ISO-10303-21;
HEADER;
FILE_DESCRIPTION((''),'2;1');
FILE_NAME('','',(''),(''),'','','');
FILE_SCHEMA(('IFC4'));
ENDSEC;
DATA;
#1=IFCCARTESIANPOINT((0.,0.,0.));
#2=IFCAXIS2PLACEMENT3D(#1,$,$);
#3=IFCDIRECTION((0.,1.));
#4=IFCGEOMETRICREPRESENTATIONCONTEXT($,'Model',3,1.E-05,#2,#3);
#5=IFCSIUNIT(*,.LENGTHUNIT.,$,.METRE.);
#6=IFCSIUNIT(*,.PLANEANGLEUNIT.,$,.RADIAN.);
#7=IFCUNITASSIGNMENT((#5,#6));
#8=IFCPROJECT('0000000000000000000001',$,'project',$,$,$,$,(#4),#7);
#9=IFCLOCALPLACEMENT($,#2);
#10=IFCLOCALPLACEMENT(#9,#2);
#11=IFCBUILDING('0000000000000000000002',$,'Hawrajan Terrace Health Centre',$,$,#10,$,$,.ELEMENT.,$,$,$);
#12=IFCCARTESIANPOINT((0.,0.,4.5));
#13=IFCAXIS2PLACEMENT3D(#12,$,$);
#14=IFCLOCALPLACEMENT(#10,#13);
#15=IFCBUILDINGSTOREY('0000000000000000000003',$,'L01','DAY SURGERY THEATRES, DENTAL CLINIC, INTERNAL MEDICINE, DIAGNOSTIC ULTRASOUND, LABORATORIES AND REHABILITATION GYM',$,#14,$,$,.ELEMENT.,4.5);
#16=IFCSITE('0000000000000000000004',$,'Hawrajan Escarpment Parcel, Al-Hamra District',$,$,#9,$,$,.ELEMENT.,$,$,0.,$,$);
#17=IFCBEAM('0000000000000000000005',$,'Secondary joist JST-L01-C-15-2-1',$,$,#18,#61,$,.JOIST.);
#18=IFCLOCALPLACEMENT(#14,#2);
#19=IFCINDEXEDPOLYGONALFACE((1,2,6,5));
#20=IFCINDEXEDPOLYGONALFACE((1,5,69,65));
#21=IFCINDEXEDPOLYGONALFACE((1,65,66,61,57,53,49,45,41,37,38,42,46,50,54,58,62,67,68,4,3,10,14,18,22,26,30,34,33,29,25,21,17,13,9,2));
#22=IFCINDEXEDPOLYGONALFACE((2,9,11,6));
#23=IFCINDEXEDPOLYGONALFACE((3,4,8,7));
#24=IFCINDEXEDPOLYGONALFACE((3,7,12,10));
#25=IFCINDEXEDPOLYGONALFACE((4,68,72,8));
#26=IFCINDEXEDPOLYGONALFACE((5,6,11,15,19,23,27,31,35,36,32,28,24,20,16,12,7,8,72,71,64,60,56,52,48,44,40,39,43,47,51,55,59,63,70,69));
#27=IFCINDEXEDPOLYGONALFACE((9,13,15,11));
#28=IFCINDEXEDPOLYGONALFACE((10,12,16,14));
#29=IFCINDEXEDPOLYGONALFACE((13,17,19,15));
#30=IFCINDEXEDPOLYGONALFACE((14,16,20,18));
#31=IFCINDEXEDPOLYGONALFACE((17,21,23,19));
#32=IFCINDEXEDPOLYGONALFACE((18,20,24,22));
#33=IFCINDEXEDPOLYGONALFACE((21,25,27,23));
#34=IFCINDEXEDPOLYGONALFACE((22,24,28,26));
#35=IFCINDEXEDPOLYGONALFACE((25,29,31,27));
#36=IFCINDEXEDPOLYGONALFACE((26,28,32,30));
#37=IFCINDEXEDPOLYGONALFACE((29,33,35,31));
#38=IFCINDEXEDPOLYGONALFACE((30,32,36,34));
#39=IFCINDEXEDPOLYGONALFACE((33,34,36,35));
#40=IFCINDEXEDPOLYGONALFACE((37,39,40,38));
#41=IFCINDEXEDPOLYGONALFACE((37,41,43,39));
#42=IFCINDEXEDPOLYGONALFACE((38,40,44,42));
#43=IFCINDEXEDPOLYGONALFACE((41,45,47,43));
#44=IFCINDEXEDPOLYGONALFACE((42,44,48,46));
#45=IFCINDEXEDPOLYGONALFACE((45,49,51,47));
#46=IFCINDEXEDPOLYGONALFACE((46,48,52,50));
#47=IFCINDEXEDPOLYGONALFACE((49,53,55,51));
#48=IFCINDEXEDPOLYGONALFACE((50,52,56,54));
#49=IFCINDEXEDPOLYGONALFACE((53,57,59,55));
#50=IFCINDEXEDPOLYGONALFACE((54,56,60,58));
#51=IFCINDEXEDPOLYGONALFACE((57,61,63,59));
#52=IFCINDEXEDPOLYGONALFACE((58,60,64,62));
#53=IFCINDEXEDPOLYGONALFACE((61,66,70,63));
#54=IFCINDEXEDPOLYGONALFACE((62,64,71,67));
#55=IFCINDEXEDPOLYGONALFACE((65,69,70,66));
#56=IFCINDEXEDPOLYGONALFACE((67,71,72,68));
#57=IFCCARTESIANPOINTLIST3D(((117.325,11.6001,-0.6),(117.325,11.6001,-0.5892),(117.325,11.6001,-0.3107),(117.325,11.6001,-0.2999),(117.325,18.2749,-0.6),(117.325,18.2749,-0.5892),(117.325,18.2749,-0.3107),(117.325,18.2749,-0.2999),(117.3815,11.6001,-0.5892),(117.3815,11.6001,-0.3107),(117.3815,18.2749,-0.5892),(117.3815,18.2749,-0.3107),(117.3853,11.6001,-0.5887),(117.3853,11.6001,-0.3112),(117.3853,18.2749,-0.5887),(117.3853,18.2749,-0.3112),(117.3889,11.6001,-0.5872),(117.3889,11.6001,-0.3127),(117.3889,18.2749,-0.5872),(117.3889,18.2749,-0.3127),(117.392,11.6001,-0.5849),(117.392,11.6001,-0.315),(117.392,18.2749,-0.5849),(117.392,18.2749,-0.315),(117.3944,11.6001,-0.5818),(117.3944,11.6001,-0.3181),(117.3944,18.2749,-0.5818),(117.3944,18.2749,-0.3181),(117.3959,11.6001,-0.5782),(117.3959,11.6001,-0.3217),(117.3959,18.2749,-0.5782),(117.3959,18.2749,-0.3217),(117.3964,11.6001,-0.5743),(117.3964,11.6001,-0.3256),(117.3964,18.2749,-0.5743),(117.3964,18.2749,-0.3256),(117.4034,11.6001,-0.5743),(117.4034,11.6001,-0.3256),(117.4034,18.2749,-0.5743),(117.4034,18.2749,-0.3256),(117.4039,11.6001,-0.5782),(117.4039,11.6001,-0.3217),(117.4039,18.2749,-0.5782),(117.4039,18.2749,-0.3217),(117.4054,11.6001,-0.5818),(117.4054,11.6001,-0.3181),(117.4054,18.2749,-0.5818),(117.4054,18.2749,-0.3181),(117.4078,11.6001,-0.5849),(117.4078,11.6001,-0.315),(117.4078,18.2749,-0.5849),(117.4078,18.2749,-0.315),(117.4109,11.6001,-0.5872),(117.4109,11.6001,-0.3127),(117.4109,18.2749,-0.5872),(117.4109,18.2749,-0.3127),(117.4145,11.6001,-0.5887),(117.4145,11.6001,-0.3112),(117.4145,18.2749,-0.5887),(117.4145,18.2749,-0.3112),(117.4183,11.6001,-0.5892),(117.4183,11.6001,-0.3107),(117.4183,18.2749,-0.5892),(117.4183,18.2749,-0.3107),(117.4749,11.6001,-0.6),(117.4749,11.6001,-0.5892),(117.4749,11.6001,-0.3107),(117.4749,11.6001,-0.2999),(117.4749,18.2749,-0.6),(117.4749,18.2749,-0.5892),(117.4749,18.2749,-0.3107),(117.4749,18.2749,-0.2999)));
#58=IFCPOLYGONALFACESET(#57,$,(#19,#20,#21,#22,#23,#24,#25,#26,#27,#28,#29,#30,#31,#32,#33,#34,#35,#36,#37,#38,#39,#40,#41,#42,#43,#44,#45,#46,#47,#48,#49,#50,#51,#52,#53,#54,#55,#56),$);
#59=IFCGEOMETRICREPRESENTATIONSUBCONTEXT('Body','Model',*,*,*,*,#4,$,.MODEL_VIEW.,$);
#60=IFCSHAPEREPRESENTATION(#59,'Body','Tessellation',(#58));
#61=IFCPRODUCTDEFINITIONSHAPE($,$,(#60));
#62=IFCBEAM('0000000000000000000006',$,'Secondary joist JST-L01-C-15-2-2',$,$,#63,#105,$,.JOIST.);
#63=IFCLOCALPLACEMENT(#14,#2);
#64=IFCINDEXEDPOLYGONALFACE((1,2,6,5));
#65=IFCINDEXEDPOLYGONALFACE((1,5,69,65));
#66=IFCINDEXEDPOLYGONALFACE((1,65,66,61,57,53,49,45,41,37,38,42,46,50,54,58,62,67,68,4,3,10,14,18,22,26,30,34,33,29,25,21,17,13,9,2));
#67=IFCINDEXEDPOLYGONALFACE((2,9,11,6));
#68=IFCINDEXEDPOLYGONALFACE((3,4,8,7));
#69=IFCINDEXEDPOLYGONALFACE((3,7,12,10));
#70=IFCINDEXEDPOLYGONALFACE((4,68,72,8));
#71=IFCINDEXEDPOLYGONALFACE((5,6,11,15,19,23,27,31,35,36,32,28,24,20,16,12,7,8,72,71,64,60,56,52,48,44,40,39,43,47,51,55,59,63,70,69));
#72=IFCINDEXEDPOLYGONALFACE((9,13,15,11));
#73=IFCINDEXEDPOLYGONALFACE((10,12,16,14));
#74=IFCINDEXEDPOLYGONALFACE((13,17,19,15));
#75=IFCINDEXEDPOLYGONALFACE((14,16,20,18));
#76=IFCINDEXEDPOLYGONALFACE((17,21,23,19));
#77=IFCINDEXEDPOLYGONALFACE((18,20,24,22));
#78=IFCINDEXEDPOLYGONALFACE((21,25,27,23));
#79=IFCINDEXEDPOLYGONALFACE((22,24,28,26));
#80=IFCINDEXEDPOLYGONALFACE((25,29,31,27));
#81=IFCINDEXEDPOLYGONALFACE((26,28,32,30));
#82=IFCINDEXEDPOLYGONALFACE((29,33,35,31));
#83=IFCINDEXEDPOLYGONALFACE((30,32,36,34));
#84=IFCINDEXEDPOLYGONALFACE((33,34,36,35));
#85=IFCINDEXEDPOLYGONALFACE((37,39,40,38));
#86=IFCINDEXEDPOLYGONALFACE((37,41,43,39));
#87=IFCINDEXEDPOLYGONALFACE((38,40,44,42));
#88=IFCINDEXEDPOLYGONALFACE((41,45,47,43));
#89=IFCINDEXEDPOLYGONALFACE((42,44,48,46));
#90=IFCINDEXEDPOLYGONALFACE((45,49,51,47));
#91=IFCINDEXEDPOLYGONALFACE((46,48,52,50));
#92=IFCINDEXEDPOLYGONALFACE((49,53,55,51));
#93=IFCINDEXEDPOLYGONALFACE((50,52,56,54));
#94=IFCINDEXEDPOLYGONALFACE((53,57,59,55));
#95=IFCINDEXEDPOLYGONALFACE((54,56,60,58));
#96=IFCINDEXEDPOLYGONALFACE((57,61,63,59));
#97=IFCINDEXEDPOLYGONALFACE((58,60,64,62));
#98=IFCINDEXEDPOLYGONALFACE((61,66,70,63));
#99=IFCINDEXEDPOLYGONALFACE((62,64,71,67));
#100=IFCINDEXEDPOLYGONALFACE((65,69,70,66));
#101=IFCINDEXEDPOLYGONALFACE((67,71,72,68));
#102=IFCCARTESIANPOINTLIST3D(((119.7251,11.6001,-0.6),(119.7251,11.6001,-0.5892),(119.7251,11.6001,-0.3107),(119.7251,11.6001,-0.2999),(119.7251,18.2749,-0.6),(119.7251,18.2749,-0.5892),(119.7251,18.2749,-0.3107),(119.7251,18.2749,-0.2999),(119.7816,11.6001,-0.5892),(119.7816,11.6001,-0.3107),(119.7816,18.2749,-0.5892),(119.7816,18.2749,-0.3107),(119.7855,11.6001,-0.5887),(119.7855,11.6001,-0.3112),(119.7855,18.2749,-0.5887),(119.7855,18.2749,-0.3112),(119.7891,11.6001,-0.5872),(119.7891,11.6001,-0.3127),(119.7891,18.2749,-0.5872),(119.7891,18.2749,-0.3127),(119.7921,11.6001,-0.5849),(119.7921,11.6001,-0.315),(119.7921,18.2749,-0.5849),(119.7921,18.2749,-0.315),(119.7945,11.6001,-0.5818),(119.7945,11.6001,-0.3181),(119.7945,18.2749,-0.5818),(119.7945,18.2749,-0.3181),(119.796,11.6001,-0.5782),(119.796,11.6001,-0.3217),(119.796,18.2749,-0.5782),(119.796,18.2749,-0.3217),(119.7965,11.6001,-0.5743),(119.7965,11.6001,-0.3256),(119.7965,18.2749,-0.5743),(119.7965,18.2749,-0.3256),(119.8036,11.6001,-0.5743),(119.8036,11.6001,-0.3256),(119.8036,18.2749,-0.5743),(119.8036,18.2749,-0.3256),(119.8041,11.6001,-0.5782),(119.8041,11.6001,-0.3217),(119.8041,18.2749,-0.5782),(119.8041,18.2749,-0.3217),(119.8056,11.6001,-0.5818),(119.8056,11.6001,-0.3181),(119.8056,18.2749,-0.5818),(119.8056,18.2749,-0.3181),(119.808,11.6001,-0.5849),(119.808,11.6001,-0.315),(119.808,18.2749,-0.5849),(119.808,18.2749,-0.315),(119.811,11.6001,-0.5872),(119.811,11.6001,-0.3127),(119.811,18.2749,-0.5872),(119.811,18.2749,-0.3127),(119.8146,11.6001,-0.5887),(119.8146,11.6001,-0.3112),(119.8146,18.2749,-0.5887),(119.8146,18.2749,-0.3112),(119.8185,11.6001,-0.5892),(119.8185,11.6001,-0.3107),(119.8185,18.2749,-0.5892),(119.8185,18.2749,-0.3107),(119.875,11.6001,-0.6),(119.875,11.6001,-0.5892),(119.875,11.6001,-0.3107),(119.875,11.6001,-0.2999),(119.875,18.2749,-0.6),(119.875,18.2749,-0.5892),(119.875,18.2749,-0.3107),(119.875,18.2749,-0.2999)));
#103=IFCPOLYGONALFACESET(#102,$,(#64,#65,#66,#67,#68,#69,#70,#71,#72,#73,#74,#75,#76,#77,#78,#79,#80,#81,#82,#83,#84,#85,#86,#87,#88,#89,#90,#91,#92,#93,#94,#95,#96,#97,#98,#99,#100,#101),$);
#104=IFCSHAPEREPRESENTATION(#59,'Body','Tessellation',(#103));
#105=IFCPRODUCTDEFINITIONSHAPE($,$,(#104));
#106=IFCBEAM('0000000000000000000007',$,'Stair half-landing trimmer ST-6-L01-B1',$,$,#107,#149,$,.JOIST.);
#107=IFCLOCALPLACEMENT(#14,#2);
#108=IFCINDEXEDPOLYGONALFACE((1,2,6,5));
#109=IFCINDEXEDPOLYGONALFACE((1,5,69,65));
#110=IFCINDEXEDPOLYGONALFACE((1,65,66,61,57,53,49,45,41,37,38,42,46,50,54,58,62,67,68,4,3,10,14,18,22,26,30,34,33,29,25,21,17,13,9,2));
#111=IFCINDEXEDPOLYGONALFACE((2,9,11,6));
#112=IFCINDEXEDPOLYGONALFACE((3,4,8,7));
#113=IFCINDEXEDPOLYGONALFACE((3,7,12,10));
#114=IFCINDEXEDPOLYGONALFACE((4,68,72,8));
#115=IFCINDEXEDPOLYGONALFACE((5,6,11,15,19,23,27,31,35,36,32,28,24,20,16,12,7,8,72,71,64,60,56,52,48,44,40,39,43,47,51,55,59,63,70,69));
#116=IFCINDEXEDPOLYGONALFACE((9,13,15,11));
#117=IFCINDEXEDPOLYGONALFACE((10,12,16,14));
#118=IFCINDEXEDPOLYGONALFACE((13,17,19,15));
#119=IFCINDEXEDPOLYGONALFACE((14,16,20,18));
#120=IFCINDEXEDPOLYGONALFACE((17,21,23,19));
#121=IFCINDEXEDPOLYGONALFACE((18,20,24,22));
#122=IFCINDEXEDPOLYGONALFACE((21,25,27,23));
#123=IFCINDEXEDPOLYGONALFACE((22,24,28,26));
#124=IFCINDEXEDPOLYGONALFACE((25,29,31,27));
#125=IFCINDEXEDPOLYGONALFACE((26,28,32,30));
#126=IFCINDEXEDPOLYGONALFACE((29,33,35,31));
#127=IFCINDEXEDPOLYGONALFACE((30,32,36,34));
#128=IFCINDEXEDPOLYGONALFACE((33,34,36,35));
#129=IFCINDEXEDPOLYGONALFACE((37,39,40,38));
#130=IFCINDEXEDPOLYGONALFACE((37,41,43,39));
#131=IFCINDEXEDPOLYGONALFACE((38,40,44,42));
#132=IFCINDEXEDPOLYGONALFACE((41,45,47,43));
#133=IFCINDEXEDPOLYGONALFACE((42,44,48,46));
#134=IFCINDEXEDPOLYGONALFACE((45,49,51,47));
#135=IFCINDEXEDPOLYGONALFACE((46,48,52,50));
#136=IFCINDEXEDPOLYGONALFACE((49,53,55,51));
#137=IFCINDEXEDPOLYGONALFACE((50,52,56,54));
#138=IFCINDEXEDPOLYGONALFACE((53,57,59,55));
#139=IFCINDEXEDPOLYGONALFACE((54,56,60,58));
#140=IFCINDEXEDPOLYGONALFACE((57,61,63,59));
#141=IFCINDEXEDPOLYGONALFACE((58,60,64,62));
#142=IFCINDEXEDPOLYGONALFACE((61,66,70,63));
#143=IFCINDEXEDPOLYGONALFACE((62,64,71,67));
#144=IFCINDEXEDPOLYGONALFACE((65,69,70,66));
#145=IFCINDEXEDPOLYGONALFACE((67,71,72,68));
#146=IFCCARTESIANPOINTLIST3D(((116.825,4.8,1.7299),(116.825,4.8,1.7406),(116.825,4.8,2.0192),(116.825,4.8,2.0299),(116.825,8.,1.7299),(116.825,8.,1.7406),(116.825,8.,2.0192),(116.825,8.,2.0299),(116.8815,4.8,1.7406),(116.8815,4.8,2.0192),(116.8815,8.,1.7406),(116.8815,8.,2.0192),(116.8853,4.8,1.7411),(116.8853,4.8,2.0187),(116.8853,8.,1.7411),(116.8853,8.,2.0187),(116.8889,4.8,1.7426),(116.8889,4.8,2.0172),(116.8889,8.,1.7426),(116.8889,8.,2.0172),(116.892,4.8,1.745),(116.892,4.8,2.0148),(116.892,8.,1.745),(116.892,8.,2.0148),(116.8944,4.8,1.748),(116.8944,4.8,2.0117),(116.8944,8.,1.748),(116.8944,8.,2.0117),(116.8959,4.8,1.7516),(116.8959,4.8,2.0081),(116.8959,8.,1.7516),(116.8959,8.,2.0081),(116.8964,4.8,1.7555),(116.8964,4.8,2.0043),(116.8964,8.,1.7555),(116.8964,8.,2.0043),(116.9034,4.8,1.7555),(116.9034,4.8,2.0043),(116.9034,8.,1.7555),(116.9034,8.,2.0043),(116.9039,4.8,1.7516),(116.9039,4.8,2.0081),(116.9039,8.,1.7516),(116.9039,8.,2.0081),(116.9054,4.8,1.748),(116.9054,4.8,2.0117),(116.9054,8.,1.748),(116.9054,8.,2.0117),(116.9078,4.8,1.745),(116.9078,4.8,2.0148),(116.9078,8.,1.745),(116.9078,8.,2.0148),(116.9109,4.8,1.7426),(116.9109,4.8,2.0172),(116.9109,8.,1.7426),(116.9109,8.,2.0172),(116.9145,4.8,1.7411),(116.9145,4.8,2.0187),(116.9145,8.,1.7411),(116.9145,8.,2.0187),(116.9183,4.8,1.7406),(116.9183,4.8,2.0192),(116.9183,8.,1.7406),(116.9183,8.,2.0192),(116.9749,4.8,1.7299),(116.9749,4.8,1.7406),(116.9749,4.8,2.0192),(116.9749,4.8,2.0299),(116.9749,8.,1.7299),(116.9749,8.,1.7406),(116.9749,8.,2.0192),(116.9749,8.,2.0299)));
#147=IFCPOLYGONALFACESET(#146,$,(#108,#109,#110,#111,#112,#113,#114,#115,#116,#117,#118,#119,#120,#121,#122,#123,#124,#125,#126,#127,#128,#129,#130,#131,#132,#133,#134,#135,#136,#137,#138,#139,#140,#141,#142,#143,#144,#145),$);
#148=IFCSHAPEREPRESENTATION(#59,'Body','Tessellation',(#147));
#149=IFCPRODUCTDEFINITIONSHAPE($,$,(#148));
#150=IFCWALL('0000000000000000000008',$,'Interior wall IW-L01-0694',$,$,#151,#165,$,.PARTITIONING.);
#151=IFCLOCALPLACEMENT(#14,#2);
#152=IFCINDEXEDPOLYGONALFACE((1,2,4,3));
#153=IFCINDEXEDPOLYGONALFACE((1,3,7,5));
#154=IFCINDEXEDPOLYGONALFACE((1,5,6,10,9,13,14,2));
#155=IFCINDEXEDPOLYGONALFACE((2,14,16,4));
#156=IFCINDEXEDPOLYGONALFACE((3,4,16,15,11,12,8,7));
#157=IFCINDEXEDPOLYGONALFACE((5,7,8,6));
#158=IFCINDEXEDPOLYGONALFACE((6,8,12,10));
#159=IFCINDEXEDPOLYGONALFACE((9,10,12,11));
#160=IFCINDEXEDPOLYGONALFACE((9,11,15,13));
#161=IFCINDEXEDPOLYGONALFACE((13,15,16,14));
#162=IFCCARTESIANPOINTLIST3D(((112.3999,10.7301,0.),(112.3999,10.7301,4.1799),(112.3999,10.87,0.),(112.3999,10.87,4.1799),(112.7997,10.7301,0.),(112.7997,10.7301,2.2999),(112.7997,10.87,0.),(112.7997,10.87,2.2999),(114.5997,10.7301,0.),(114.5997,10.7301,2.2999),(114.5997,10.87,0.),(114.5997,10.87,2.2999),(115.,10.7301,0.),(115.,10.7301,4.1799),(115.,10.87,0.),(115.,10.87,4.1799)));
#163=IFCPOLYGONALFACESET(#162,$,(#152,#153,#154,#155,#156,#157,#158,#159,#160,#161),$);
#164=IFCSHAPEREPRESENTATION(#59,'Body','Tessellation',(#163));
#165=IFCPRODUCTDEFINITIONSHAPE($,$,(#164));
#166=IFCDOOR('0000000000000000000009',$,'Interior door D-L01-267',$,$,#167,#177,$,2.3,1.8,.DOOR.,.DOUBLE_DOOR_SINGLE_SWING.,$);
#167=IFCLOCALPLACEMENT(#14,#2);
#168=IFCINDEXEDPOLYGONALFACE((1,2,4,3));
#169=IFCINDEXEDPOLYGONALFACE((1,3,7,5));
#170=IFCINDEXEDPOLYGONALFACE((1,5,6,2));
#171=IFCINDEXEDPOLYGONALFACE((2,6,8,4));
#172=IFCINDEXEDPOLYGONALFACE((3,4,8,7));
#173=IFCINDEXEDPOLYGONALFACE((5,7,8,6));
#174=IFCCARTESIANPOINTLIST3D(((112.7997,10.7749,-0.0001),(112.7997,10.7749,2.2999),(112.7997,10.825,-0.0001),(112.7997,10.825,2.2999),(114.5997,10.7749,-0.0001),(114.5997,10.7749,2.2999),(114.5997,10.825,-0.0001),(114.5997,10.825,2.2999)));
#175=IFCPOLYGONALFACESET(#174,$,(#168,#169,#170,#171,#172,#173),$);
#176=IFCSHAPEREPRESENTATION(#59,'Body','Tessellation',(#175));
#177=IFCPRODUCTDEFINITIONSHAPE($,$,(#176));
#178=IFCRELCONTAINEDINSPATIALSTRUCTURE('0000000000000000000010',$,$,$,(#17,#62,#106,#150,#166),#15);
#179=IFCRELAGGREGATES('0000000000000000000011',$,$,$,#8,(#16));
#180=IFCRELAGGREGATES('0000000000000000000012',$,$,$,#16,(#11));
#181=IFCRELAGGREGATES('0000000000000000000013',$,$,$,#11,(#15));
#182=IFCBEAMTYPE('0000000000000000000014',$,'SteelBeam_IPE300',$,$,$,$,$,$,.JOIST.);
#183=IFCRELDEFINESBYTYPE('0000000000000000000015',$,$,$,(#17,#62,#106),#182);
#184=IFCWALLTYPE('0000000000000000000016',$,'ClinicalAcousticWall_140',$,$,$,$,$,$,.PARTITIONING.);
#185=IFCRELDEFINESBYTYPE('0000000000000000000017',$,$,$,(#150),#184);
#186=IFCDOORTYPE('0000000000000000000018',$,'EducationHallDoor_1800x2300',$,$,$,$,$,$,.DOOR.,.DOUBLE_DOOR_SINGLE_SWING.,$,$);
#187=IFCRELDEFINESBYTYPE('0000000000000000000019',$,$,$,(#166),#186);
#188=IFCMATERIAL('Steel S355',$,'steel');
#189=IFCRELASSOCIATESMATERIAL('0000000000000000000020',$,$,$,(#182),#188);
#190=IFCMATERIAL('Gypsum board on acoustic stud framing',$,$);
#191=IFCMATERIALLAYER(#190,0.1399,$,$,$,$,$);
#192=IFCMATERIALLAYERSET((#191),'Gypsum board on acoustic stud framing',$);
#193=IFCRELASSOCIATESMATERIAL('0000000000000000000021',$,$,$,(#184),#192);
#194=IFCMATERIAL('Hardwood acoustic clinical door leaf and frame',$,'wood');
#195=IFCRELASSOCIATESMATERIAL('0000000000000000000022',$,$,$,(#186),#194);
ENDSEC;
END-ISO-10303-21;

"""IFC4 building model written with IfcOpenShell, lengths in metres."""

from ifc_helpers import new_model, si_unit, direction, frame, frame_2d, origin, origin_2d, place, context, subcontext, project, spatial, rectangle, i_section, extrude, material, layer, layer_set, material_profile, profile_set, type_object, element, fill, save


model = new_model("IFC4")

# Units and contexts
model_context = context("Model", 3, precision=1e-05, world=origin(), true_north=direction((0.0, 1.0)))
body_context = subcontext(model_context, "Body", "Model", "MODEL_VIEW")
ifc_project = project(units=[si_unit("LENGTHUNIT", "METRE"), si_unit("PLANEANGLEUNIT", "RADIAN")], contexts=[model_context])

# Site, building, storey
site_placement = place(None, origin())
site = spatial("IfcSite", under=ifc_project, at=site_placement, Name="Hawrajan Escarpment Parcel, Al-Hamra District", CompositionType="ELEMENT", RefElevation=0.0)
building_placement = place(site_placement, origin())
building = spatial("IfcBuilding", under=site, at=building_placement, Name="Hawrajan Terrace Health Centre", CompositionType="ELEMENT")
storey_placement = place(building_placement, frame((0.0, 0.0, 4.5)))
storey = spatial("IfcBuildingStorey", under=building, at=storey_placement, Name="L01", Description="DAY SURGERY THEATRES, DENTAL CLINIC, INTERNAL MEDICINE, DIAGNOSTIC ULTRASOUND, LABORATORIES AND REHABILITATION GYM", CompositionType="ELEMENT", Elevation=4.5)

# Beams
ifc_material_1 = material(Name="Steel S355", Category="steel")
ifc_material_profile_1 = material_profile(ifc_material_1, i_section(OverallWidth=0.1499, OverallDepth=0.3, WebThickness=0.0071, FlangeThickness=0.0107, FilletRadius=0.0149, at=origin_2d()), Name="IPE 300")
ifc_profile_set_1 = profile_set([ifc_material_profile_1], Name="Steel S355")
beam_type_1 = type_object("IfcBeamType", Name="SteelBeam_IPE300", PredefinedType="JOIST", material=ifc_profile_set_1)
for number, where, z_axis, x_axis, name in (
    (1, (117.3999, 11.6001, -0.45), (0.0, 1.0, 0.0), (-1.0, 0.0, 0.0), "Secondary joist JST-L01-C-15-2-1"),
    (2, (119.8, 11.6001, -0.45), (0.0, 1.0, 0.0), (-1.0, 0.0, 0.0), "Secondary joist JST-L01-C-15-2-2"),
):
    element("IfcBeam", number, at=place(storey_placement, frame(where, z_axis=z_axis, x_axis=x_axis)), inside=storey, type_object=beam_type_1, Name=name, PredefinedType="JOIST", context=body_context, shape_type="SweptSolid", body=[
        extrude(i_section(OverallWidth=0.1499, OverallDepth=0.3, WebThickness=0.0071, FlangeThickness=0.0107, FilletRadius=0.0149, at=origin_2d()), origin(), (0.0, 0.0, 1.0), 6.6748),
    ])
beam_1_placement = place(storey_placement, frame((116.8999, 4.8, 1.8799), z_axis=(0.0, 1.0, 0.0), x_axis=(-1.0, 0.0, 0.0)))
element("IfcBeam", 3, at=beam_1_placement, inside=storey, type_object=beam_type_1, Name="Stair half-landing trimmer ST-6-L01-B1", PredefinedType="JOIST", context=body_context, shape_type="SweptSolid", body=[
    extrude(i_section(OverallWidth=0.1499, OverallDepth=0.3, WebThickness=0.0071, FlangeThickness=0.0107, FilletRadius=0.0149, at=origin_2d()), origin(), (0.0, 0.0, 1.0), 3.2),
])

# Wall, opening, door
ifc_material_2 = material(Name="Gypsum board on acoustic stud framing")
ifc_layer_1 = layer(ifc_material_2, 0.1399)
ifc_layer_set_1 = layer_set([ifc_layer_1], Name="Gypsum board on acoustic stud framing")
wall_type_1 = type_object("IfcWallType", Name="ClinicalAcousticWall_140", PredefinedType="PARTITIONING", material=ifc_layer_set_1)
wall_1_placement = place(storey_placement, frame((112.3999, 10.8, 0.0), z_axis=(0.0, 0.0, 1.0), x_axis=(1.0, 0.0, 0.0)))
wall_1 = element("IfcWall", 4, at=wall_1_placement, inside=storey, type_object=wall_type_1, Name="Interior wall IW-L01-0694", PredefinedType="PARTITIONING", context=body_context, shape_type="SweptSolid", body=[
    extrude(rectangle(XDim=2.6001, YDim=0.1399, at=frame_2d((1.3, 0.0))), origin(), (0.0, 0.0, 1.0), 4.1799),
])
opening_1_placement = place(wall_1_placement, frame((0.3999, 0.0, 0.0)))
opening_1 = element("IfcOpeningElement", 5, at=opening_1_placement, cuts=wall_1, PredefinedType="OPENING", context=body_context, shape_type="SweptSolid", body=[
    extrude(rectangle(XDim=1.8, YDim=2.3, at=frame_2d((0.8999, 1.1499))), frame((0.0, 0.0798, 0.0), z_axis=(0.0, -1.0, 0.0), x_axis=(1.0, 0.0, 0.0)), (0.0, 0.0, 1.0), 0.1599),
])
ifc_material_3 = material(Name="Hardwood acoustic clinical door leaf and frame", Category="wood")
door_type_1 = type_object("IfcDoorType", Name="EducationHallDoor_1800x2300", OperationType="DOUBLE_DOOR_SINGLE_SWING", PredefinedType="DOOR", material=ifc_material_3)
door_1_placement = place(opening_1_placement, origin())
door_1 = element("IfcDoor", 6, at=door_1_placement, inside=storey, type_object=door_type_1, Name="Interior door D-L01-267", OperationType="DOUBLE_DOOR_SINGLE_SWING", OverallHeight=2.3, OverallWidth=1.8, PredefinedType="DOOR", context=body_context, shape_type="SweptSolid", body=[
    extrude(rectangle(XDim=1.8, YDim=2.3, at=frame_2d((0.8999, 1.1499))), frame((0.0, 0.0249, 0.0), z_axis=(0.0, -1.0, 0.0), x_axis=(1.0, 0.0, 0.0)), (0.0, 0.0, 1.0), 0.05),
])
fill(opening_1, door_1)

save(model, "model.ifc")
